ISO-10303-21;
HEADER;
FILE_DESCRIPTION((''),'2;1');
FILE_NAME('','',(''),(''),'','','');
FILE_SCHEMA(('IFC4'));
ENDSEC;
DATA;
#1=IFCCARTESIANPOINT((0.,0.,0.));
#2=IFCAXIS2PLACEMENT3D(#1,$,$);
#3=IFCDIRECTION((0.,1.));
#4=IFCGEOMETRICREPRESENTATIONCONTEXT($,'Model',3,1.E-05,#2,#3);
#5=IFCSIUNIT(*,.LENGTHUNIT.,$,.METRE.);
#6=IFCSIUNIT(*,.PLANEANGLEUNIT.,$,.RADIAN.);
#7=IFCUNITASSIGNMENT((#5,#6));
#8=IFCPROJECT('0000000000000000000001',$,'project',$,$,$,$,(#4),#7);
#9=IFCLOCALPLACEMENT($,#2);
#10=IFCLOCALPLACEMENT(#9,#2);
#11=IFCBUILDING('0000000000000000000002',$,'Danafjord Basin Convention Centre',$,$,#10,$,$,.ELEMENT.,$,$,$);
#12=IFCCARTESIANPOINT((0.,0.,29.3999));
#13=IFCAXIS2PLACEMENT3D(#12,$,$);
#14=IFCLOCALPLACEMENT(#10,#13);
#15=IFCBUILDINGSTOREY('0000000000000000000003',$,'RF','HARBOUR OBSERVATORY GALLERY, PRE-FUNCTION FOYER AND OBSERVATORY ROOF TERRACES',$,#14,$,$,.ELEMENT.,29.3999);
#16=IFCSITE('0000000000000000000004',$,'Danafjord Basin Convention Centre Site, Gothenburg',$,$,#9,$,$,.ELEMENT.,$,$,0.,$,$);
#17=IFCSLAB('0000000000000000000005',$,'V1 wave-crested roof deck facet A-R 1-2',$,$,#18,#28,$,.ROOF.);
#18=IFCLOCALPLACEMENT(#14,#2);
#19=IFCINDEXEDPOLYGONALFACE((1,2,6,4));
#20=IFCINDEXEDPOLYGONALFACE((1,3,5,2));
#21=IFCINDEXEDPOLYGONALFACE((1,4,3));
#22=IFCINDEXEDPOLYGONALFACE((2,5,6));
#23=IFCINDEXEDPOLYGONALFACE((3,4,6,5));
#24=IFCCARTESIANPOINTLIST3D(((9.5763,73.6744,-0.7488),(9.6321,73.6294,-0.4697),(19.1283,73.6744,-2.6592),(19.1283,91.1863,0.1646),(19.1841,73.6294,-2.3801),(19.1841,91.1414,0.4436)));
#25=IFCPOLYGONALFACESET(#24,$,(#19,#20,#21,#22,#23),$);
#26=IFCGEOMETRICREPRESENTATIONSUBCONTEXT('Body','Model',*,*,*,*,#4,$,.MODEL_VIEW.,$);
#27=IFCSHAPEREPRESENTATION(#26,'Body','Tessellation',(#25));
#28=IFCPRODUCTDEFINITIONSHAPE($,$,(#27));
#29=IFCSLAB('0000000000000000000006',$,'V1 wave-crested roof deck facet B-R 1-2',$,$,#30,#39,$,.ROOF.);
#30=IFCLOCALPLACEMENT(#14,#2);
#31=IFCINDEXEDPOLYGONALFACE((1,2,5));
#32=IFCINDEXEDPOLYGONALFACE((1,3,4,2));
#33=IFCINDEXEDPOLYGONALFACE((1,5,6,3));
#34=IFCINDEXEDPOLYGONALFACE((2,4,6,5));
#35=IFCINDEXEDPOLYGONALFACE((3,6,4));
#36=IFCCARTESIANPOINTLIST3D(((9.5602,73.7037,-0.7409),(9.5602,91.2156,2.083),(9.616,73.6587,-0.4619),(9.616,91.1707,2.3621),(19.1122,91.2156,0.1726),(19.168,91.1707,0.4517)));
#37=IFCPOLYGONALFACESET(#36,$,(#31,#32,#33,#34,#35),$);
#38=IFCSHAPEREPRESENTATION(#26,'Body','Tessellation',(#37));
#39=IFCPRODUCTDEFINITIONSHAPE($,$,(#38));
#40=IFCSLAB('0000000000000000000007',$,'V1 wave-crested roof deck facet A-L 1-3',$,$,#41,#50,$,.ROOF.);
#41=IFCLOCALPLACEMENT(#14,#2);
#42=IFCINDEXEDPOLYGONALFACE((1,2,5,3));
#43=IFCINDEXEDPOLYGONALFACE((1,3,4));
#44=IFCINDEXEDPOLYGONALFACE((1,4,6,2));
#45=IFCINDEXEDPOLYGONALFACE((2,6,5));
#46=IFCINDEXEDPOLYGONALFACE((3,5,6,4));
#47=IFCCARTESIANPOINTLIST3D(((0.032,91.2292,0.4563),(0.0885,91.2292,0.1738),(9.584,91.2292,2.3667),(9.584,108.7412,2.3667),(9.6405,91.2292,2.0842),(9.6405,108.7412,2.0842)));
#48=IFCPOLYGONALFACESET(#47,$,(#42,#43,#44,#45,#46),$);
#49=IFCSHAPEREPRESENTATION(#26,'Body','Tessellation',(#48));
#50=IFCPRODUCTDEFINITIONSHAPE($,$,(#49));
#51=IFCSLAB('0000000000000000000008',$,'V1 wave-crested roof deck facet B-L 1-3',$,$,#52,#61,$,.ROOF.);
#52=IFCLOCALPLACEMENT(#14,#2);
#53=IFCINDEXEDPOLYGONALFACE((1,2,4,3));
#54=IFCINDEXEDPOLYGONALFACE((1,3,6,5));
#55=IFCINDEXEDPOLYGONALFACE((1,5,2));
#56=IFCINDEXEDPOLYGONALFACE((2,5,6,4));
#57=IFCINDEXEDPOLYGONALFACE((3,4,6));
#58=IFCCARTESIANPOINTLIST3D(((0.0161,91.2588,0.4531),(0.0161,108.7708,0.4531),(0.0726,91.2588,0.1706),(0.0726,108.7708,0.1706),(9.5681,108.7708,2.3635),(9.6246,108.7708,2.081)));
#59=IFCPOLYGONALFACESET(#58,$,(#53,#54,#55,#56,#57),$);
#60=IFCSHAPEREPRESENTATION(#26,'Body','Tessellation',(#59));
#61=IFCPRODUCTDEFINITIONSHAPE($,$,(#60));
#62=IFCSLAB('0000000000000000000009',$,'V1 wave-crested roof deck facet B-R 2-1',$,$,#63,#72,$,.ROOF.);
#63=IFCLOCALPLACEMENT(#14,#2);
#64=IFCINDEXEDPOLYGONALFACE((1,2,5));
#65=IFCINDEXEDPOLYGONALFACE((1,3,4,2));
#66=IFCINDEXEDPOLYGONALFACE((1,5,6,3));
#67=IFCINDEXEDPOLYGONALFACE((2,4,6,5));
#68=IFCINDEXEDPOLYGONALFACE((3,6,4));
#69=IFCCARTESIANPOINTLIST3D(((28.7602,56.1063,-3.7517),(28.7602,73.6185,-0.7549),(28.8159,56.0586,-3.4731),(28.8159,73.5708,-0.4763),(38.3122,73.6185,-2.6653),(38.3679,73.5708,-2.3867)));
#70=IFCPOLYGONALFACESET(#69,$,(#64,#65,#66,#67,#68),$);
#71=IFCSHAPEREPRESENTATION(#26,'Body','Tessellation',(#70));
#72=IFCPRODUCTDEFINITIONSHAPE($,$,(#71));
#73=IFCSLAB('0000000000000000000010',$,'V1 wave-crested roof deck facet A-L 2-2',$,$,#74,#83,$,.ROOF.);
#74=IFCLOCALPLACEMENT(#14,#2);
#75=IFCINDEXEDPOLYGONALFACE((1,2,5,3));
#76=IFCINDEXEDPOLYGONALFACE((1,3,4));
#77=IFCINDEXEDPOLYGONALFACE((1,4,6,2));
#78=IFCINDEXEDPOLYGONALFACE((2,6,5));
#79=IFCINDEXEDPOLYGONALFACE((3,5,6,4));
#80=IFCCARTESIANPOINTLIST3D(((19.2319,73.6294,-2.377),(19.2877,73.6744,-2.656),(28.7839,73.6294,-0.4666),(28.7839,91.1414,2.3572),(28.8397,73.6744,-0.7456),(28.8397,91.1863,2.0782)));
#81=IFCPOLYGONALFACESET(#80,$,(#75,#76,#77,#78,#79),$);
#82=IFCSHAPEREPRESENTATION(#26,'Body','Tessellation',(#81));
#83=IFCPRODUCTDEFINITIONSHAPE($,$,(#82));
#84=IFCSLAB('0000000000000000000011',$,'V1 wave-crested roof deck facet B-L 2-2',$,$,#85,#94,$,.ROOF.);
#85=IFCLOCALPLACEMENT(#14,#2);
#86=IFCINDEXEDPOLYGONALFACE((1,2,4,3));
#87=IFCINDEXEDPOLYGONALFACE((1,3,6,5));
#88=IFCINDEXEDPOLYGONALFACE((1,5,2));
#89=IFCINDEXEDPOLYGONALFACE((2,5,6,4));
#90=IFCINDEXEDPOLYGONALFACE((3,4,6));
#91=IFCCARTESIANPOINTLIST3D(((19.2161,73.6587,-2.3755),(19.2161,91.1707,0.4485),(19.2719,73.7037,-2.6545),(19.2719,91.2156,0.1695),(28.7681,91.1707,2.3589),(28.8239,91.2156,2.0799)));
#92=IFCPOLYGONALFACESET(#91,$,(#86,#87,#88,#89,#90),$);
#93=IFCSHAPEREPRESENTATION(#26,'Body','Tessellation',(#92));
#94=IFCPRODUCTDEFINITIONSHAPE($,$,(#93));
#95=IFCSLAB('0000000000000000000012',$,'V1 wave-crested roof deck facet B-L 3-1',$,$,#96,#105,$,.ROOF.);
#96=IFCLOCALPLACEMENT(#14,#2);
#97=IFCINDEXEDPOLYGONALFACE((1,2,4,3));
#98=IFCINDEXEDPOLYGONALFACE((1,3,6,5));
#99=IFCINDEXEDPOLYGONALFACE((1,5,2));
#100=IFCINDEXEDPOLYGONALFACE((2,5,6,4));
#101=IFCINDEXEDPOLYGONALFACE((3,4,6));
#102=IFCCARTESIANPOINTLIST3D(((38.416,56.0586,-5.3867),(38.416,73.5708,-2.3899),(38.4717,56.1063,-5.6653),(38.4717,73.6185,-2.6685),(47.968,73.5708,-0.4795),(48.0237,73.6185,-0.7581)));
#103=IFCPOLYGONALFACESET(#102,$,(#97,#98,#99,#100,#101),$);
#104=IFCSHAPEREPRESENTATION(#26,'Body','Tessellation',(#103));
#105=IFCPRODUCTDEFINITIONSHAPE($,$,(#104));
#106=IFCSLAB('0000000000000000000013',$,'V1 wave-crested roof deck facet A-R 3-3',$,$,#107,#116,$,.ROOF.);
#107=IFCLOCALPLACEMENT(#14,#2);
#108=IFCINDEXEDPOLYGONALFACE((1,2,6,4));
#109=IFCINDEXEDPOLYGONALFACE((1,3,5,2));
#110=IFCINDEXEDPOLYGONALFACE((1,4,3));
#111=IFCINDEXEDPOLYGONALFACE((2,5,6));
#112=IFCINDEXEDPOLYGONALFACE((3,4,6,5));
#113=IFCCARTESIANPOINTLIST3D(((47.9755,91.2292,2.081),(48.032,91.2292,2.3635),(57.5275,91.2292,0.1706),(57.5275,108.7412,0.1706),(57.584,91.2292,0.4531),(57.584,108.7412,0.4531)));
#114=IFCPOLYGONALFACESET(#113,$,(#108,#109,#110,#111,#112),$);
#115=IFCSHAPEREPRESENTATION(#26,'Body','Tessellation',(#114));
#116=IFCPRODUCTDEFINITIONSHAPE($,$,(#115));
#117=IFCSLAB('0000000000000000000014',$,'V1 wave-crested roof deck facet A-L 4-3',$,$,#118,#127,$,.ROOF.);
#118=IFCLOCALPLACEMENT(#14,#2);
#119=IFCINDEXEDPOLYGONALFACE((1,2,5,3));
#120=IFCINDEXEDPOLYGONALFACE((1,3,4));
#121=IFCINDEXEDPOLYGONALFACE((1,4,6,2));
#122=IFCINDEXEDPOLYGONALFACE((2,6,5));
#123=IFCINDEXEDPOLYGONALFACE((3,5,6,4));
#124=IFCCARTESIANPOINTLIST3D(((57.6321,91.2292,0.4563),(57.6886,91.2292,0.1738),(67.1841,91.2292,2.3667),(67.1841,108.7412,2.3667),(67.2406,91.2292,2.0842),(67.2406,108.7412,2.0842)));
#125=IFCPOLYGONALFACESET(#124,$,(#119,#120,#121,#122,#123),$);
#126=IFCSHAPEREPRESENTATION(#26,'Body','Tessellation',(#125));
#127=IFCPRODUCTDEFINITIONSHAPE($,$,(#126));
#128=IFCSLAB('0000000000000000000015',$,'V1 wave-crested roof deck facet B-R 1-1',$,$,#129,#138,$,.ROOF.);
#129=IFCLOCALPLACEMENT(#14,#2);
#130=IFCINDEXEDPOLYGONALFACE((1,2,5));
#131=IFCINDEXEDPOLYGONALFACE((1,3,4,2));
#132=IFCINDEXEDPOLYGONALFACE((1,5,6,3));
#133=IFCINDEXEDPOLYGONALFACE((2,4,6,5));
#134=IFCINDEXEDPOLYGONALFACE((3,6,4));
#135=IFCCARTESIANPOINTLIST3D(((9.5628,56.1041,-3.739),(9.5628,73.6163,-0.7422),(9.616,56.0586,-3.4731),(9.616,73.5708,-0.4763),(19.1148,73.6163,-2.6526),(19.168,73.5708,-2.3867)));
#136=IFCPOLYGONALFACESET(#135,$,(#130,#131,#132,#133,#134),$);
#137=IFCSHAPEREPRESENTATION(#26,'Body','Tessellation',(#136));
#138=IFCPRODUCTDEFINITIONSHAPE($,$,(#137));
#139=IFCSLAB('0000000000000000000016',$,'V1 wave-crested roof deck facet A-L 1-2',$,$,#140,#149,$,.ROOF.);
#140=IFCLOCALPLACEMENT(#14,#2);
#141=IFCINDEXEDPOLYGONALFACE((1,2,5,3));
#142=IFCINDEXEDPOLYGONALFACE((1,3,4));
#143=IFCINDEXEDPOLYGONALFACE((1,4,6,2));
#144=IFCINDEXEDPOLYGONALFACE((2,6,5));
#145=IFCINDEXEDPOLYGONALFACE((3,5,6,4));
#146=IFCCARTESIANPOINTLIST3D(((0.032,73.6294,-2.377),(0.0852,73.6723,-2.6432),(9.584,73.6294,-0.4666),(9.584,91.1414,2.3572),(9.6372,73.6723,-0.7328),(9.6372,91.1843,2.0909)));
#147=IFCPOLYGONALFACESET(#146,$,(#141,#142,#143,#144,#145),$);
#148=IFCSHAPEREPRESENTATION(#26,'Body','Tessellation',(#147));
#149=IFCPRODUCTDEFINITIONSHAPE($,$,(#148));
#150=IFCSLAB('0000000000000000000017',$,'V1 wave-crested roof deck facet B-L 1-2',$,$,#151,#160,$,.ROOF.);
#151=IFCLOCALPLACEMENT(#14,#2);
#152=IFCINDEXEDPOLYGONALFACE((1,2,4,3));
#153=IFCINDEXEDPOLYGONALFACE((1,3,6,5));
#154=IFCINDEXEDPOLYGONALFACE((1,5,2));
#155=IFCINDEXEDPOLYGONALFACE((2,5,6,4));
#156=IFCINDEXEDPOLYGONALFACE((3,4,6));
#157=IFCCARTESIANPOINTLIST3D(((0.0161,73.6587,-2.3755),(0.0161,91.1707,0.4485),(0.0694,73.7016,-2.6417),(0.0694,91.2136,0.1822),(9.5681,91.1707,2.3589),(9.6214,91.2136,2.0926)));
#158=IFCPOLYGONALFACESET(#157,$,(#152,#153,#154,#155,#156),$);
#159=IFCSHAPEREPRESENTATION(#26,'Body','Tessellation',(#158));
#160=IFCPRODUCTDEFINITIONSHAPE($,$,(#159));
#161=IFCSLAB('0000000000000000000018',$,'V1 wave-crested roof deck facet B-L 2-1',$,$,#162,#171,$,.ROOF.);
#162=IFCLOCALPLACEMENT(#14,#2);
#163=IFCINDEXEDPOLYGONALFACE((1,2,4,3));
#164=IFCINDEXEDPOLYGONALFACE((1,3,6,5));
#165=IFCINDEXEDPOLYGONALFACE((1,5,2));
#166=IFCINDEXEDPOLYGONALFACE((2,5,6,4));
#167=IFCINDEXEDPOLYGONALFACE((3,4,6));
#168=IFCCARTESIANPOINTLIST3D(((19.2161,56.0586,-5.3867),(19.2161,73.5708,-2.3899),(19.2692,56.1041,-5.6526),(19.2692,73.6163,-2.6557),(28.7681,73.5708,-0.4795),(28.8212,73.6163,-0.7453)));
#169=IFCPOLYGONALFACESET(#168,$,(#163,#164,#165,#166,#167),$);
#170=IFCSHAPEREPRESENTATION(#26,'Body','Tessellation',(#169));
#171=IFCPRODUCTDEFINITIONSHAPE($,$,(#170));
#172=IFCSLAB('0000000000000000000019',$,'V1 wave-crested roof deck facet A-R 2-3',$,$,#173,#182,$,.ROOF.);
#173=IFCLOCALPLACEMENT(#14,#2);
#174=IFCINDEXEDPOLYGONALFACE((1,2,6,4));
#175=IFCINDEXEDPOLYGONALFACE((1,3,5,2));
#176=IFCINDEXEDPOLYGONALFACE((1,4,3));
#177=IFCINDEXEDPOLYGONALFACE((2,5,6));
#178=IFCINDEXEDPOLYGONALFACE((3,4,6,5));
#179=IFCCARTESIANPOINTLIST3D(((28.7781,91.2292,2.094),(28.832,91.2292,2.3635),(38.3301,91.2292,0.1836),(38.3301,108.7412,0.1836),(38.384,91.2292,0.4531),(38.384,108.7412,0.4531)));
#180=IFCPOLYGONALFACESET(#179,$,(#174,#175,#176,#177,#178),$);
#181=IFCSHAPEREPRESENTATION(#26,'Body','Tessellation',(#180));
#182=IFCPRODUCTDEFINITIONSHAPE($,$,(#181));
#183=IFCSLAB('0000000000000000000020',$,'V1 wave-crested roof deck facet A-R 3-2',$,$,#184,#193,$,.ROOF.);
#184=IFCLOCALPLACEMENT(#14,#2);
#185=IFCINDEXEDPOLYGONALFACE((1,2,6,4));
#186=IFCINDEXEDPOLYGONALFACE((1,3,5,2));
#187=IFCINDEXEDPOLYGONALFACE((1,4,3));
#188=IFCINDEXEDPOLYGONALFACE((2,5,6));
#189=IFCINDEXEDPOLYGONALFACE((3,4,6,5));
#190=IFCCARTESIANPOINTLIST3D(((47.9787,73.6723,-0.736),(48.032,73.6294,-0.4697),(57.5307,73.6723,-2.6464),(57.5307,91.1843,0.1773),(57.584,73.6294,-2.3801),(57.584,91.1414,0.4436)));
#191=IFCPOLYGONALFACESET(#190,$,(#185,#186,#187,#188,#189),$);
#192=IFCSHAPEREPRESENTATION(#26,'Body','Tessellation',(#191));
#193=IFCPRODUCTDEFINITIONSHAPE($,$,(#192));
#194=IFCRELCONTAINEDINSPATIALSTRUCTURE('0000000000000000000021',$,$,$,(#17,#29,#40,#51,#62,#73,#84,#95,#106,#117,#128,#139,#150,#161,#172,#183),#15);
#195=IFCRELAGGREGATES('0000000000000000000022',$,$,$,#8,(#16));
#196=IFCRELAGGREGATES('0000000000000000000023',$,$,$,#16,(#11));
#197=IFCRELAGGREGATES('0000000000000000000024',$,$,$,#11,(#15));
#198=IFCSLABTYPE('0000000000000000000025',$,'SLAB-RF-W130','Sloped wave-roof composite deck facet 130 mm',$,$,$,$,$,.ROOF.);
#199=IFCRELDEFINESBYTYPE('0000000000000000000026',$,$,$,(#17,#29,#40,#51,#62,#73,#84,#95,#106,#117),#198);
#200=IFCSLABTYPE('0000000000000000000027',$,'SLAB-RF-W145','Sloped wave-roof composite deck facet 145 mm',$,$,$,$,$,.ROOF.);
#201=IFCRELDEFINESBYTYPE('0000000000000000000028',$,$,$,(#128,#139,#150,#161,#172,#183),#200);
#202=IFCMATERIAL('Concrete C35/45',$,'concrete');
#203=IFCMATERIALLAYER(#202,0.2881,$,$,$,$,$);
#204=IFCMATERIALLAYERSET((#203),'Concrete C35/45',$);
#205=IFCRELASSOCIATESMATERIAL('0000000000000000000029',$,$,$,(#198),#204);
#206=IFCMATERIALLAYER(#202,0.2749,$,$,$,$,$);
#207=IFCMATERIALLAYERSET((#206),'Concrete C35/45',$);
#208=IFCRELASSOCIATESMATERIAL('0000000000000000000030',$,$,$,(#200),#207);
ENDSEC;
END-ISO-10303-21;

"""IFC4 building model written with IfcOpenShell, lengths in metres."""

from ifc_helpers import new_model, si_unit, direction, frame, origin, place, context, subcontext, project, spatial, polyline, outline, extrude, material, layer, layer_set, type_object, element, save


model = new_model("IFC4")

# Units and contexts
model_context = context("Model", 3, precision=1e-05, world=origin(), true_north=direction((0.0, 1.0)))
body_context = subcontext(model_context, "Body", "Model", "MODEL_VIEW")
ifc_project = project(units=[si_unit("LENGTHUNIT", "METRE"), si_unit("PLANEANGLEUNIT", "RADIAN")], contexts=[model_context])

# Site, building, storey
site_placement = place(None, origin())
site = spatial("IfcSite", under=ifc_project, at=site_placement, Name="Danafjord Basin Convention Centre Site, Gothenburg", CompositionType="ELEMENT", RefElevation=0.0)
building_placement = place(site_placement, origin())
building = spatial("IfcBuilding", under=site, at=building_placement, Name="Danafjord Basin Convention Centre", CompositionType="ELEMENT")
storey_placement = place(building_placement, frame((0.0, 0.0, 29.3999)))
storey = spatial("IfcBuildingStorey", under=building, at=storey_placement, Name="RF", Description="HARBOUR OBSERVATORY GALLERY, PRE-FUNCTION FOYER AND OBSERVATORY ROOF TERRACES", CompositionType="ELEMENT", Elevation=29.3999)

# Slabs
ifc_material_1 = material(Name="Concrete C35/45", Category="concrete")
ifc_layer_1 = layer(ifc_material_1, 0.2881)
ifc_layer_set_1 = layer_set([ifc_layer_1], Name="Concrete C35/45")
slab_type_1 = type_object("IfcSlabType", Name="SLAB-RF-W130", Description="Sloped wave-roof composite deck facet 130 mm", PredefinedType="ROOF", material=ifc_layer_set_1)
slab_1_placement = place(storey_placement, frame((9.6321, 73.6294, -0.4697), z_axis=(0.19371, -0.156174, 0.968548), x_axis=(0.980581, 0.0, -0.196116)))
element("IfcSlab", 1, at=slab_1_placement, inside=storey, type_object=slab_type_1, Name="V1 wave-crested roof deck facet A-R 1-2", PredefinedType="ROOF", context=body_context, shape_type="SweptSolid", body=[
    extrude(outline(polyline([(0.0, 0.0), (9.7412, 0.0), (9.1874, 17.7295), (0.0, 0.0)])), origin(), (0.0, 0.0, -1.0), 0.2881),
])
slab_2_placement = place(storey_placement, frame((9.616, 73.6587, -0.4619), z_axis=(0.193709, -0.156188, 0.968546), x_axis=(0.478352, 0.876976, 0.045751)))
element("IfcSlab", 2, at=slab_2_placement, inside=storey, type_object=slab_type_1, Name="V1 wave-crested roof deck facet B-R 1-2", PredefinedType="ROOF", context=body_context, shape_type="SweptSolid", body=[
    extrude(outline(polyline([(0.0, 0.0), (19.9686, 0.0), (15.4868, 8.6489), (0.0, 0.0)])), origin(), (0.0, 0.0, -1.0), 0.2881),
])
slab_3_placement = place(storey_placement, frame((0.032, 91.2292, 0.4563), z_axis=(-0.196116, 0.0, 0.980581), x_axis=(0.980581, 0.0, 0.196116)))
element("IfcSlab", 3, at=slab_3_placement, inside=storey, type_object=slab_type_1, Name="V1 wave-crested roof deck facet A-L 1-3", PredefinedType="ROOF", context=body_context, shape_type="SweptSolid", body=[
    extrude(outline(polyline([(0.0, 0.0), (9.7412, 0.0), (9.7412, 17.512), (0.0, 0.0)])), origin(), (0.0, 0.0, -1.0), 0.2881),
])
slab_4_placement = place(storey_placement, frame((0.0161, 91.2588, 0.4531), z_axis=(-0.196116, 0.0, 0.980581), x_axis=(0.476672, 0.873897, 0.095334)))
element("IfcSlab", 4, at=slab_4_placement, inside=storey, type_object=slab_type_1, Name="V1 wave-crested roof deck facet B-L 1-3", PredefinedType="ROOF", context=body_context, shape_type="SweptSolid", body=[
    extrude(outline(polyline([(0.0, 0.0), (20.0389, 0.0), (15.3036, 8.5128), (0.0, 0.0)])), origin(), (0.0, 0.0, -1.0), 0.2881),
])
slab_5_placement = place(storey_placement, frame((28.8159, 56.0586, -3.4731), z_axis=(0.193412, -0.165491, 0.96706), x_axis=(0.478139, 0.876599, 0.054383)))
element("IfcSlab", 5, at=slab_5_placement, inside=storey, type_object=slab_type_1, Name="V1 wave-crested roof deck facet B-R 2-1", PredefinedType="ROOF", context=body_context, shape_type="SweptSolid", body=[
    extrude(outline(polyline([(0.0, 0.0), (19.9774, 0.0), (15.5142, 8.6585), (0.0, 0.0)])), origin(), (0.0, 0.0, -1.0), 0.2881),
])
slab_6_placement = place(storey_placement, frame((19.2319, 73.6294, -2.377), z_axis=(-0.19371, -0.156174, 0.968548), x_axis=(0.980581, 0.0, 0.196116)))
element("IfcSlab", 6, at=slab_6_placement, inside=storey, type_object=slab_type_1, Name="V1 wave-crested roof deck facet A-L 2-2", PredefinedType="ROOF", context=body_context, shape_type="SweptSolid", body=[
    extrude(outline(polyline([(0.0, 0.0), (9.7412, 0.0), (10.2949, 17.7295), (0.0, 0.0)])), origin(), (0.0, 0.0, -1.0), 0.2881),
])
slab_7_placement = place(storey_placement, frame((19.2161, 73.6587, -2.3755), z_axis=(-0.193709, -0.156188, 0.968546), x_axis=(0.46591, 0.854167, 0.230925)))
element("IfcSlab", 7, at=slab_7_placement, inside=storey, type_object=slab_type_1, Name="V1 wave-crested roof deck facet B-L 2-2", PredefinedType="ROOF", context=body_context, shape_type="SweptSolid", body=[
    extrude(outline(polyline([(0.0, 0.0), (20.5018, 0.0), (15.6103, 8.424), (0.0, 0.0)])), origin(), (0.0, 0.0, -1.0), 0.2881),
])
slab_8_placement = place(storey_placement, frame((38.416, 56.0586, -5.3867), z_axis=(-0.193412, -0.165491, 0.96706), x_axis=(0.464985, 0.852482, 0.23888)))
element("IfcSlab", 8, at=slab_8_placement, inside=storey, type_object=slab_type_1, Name="V1 wave-crested roof deck facet B-L 3-1", PredefinedType="ROOF", context=body_context, shape_type="SweptSolid", body=[
    extrude(outline(polyline([(0.0, 0.0), (20.5426, 0.0), (15.6447, 8.4203), (0.0, 0.0)])), origin(), (0.0, 0.0, -1.0), 0.2881),
])
for number, where, z_axis, x_axis, name in (
    (9, (48.032, 91.2292, 2.3635), (0.196116, 0.0, 0.980581), (0.980581, 0.0, -0.196116), "V1 wave-crested roof deck facet A-R 3-3"),
    (10, (57.6321, 91.2292, 0.4563), (-0.196116, 0.0, 0.980581), (0.980581, 0.0, 0.196116), "V1 wave-crested roof deck facet A-L 4-3"),
):
    element("IfcSlab", number, at=place(storey_placement, frame(where, z_axis=z_axis, x_axis=x_axis)), inside=storey, type_object=slab_type_1, Name=name, PredefinedType="ROOF", context=body_context, shape_type="SweptSolid", body=[
        extrude(outline(polyline([(0.0, 0.0), (9.7412, 0.0), (9.7412, 17.512), (0.0, 0.0)])), origin(), (0.0, 0.0, -1.0), 0.2881),
    ])
ifc_layer_2 = layer(ifc_material_1, 0.2749)
ifc_layer_set_2 = layer_set([ifc_layer_2], Name="Concrete C35/45")
slab_type_2 = type_object("IfcSlabType", Name="SLAB-RF-W145", Description="Sloped wave-roof composite deck facet 145 mm", PredefinedType="ROOF", material=ifc_layer_set_2)
slab_9_placement = place(storey_placement, frame((9.616, 56.0586, -3.4731), z_axis=(0.193412, -0.165491, 0.96706), x_axis=(0.478139, 0.876599, 0.054383)))
element("IfcSlab", 11, at=slab_9_placement, inside=storey, type_object=slab_type_2, Name="V1 wave-crested roof deck facet B-R 1-1", PredefinedType="ROOF", context=body_context, shape_type="SweptSolid", body=[
    extrude(outline(polyline([(0.0, 0.0), (19.9774, 0.0), (15.5142, 8.6585), (0.0, 0.0)])), origin(), (0.0, 0.0, -1.0), 0.2749),
])
slab_10_placement = place(storey_placement, frame((0.032, 73.6294, -2.377), z_axis=(-0.19371, -0.156174, 0.968548), x_axis=(0.980581, 0.0, 0.196116)))
element("IfcSlab", 12, at=slab_10_placement, inside=storey, type_object=slab_type_2, Name="V1 wave-crested roof deck facet A-L 1-2", PredefinedType="ROOF", context=body_context, shape_type="SweptSolid", body=[
    extrude(outline(polyline([(0.0, 0.0), (9.7412, 0.0), (10.2949, 17.7295), (0.0, 0.0)])), origin(), (0.0, 0.0, -1.0), 0.2749),
])
slab_11_placement = place(storey_placement, frame((0.0161, 73.6587, -2.3755), z_axis=(-0.193709, -0.156188, 0.968546), x_axis=(0.46591, 0.854167, 0.230925)))
element("IfcSlab", 13, at=slab_11_placement, inside=storey, type_object=slab_type_2, Name="V1 wave-crested roof deck facet B-L 1-2", PredefinedType="ROOF", context=body_context, shape_type="SweptSolid", body=[
    extrude(outline(polyline([(0.0, 0.0), (20.5018, 0.0), (15.6103, 8.424), (0.0, 0.0)])), origin(), (0.0, 0.0, -1.0), 0.2749),
])
slab_12_placement = place(storey_placement, frame((19.2161, 56.0586, -5.3867), z_axis=(-0.193412, -0.165491, 0.96706), x_axis=(0.464985, 0.852482, 0.23888)))
element("IfcSlab", 14, at=slab_12_placement, inside=storey, type_object=slab_type_2, Name="V1 wave-crested roof deck facet B-L 2-1", PredefinedType="ROOF", context=body_context, shape_type="SweptSolid", body=[
    extrude(outline(polyline([(0.0, 0.0), (20.5426, 0.0), (15.6447, 8.4203), (0.0, 0.0)])), origin(), (0.0, 0.0, -1.0), 0.2749),
])
slab_13_placement = place(storey_placement, frame((28.832, 91.2292, 2.3635), z_axis=(0.196116, 0.0, 0.980581), x_axis=(0.980581, 0.0, -0.196116)))
element("IfcSlab", 15, at=slab_13_placement, inside=storey, type_object=slab_type_2, Name="V1 wave-crested roof deck facet A-R 2-3", PredefinedType="ROOF", context=body_context, shape_type="SweptSolid", body=[
    extrude(outline(polyline([(0.0, 0.0), (9.7412, 0.0), (9.7412, 17.512), (0.0, 0.0)])), origin(), (0.0, 0.0, -1.0), 0.2749),
])
slab_14_placement = place(storey_placement, frame((48.032, 73.6294, -0.4697), z_axis=(0.19371, -0.156174, 0.968548), x_axis=(0.980581, 0.0, -0.196116)))
element("IfcSlab", 16, at=slab_14_placement, inside=storey, type_object=slab_type_2, Name="V1 wave-crested roof deck facet A-R 3-2", PredefinedType="ROOF", context=body_context, shape_type="SweptSolid", body=[
    extrude(outline(polyline([(0.0, 0.0), (9.7412, 0.0), (9.1874, 17.7295), (0.0, 0.0)])), origin(), (0.0, 0.0, -1.0), 0.2749),
])

save(model, "model.ifc")
